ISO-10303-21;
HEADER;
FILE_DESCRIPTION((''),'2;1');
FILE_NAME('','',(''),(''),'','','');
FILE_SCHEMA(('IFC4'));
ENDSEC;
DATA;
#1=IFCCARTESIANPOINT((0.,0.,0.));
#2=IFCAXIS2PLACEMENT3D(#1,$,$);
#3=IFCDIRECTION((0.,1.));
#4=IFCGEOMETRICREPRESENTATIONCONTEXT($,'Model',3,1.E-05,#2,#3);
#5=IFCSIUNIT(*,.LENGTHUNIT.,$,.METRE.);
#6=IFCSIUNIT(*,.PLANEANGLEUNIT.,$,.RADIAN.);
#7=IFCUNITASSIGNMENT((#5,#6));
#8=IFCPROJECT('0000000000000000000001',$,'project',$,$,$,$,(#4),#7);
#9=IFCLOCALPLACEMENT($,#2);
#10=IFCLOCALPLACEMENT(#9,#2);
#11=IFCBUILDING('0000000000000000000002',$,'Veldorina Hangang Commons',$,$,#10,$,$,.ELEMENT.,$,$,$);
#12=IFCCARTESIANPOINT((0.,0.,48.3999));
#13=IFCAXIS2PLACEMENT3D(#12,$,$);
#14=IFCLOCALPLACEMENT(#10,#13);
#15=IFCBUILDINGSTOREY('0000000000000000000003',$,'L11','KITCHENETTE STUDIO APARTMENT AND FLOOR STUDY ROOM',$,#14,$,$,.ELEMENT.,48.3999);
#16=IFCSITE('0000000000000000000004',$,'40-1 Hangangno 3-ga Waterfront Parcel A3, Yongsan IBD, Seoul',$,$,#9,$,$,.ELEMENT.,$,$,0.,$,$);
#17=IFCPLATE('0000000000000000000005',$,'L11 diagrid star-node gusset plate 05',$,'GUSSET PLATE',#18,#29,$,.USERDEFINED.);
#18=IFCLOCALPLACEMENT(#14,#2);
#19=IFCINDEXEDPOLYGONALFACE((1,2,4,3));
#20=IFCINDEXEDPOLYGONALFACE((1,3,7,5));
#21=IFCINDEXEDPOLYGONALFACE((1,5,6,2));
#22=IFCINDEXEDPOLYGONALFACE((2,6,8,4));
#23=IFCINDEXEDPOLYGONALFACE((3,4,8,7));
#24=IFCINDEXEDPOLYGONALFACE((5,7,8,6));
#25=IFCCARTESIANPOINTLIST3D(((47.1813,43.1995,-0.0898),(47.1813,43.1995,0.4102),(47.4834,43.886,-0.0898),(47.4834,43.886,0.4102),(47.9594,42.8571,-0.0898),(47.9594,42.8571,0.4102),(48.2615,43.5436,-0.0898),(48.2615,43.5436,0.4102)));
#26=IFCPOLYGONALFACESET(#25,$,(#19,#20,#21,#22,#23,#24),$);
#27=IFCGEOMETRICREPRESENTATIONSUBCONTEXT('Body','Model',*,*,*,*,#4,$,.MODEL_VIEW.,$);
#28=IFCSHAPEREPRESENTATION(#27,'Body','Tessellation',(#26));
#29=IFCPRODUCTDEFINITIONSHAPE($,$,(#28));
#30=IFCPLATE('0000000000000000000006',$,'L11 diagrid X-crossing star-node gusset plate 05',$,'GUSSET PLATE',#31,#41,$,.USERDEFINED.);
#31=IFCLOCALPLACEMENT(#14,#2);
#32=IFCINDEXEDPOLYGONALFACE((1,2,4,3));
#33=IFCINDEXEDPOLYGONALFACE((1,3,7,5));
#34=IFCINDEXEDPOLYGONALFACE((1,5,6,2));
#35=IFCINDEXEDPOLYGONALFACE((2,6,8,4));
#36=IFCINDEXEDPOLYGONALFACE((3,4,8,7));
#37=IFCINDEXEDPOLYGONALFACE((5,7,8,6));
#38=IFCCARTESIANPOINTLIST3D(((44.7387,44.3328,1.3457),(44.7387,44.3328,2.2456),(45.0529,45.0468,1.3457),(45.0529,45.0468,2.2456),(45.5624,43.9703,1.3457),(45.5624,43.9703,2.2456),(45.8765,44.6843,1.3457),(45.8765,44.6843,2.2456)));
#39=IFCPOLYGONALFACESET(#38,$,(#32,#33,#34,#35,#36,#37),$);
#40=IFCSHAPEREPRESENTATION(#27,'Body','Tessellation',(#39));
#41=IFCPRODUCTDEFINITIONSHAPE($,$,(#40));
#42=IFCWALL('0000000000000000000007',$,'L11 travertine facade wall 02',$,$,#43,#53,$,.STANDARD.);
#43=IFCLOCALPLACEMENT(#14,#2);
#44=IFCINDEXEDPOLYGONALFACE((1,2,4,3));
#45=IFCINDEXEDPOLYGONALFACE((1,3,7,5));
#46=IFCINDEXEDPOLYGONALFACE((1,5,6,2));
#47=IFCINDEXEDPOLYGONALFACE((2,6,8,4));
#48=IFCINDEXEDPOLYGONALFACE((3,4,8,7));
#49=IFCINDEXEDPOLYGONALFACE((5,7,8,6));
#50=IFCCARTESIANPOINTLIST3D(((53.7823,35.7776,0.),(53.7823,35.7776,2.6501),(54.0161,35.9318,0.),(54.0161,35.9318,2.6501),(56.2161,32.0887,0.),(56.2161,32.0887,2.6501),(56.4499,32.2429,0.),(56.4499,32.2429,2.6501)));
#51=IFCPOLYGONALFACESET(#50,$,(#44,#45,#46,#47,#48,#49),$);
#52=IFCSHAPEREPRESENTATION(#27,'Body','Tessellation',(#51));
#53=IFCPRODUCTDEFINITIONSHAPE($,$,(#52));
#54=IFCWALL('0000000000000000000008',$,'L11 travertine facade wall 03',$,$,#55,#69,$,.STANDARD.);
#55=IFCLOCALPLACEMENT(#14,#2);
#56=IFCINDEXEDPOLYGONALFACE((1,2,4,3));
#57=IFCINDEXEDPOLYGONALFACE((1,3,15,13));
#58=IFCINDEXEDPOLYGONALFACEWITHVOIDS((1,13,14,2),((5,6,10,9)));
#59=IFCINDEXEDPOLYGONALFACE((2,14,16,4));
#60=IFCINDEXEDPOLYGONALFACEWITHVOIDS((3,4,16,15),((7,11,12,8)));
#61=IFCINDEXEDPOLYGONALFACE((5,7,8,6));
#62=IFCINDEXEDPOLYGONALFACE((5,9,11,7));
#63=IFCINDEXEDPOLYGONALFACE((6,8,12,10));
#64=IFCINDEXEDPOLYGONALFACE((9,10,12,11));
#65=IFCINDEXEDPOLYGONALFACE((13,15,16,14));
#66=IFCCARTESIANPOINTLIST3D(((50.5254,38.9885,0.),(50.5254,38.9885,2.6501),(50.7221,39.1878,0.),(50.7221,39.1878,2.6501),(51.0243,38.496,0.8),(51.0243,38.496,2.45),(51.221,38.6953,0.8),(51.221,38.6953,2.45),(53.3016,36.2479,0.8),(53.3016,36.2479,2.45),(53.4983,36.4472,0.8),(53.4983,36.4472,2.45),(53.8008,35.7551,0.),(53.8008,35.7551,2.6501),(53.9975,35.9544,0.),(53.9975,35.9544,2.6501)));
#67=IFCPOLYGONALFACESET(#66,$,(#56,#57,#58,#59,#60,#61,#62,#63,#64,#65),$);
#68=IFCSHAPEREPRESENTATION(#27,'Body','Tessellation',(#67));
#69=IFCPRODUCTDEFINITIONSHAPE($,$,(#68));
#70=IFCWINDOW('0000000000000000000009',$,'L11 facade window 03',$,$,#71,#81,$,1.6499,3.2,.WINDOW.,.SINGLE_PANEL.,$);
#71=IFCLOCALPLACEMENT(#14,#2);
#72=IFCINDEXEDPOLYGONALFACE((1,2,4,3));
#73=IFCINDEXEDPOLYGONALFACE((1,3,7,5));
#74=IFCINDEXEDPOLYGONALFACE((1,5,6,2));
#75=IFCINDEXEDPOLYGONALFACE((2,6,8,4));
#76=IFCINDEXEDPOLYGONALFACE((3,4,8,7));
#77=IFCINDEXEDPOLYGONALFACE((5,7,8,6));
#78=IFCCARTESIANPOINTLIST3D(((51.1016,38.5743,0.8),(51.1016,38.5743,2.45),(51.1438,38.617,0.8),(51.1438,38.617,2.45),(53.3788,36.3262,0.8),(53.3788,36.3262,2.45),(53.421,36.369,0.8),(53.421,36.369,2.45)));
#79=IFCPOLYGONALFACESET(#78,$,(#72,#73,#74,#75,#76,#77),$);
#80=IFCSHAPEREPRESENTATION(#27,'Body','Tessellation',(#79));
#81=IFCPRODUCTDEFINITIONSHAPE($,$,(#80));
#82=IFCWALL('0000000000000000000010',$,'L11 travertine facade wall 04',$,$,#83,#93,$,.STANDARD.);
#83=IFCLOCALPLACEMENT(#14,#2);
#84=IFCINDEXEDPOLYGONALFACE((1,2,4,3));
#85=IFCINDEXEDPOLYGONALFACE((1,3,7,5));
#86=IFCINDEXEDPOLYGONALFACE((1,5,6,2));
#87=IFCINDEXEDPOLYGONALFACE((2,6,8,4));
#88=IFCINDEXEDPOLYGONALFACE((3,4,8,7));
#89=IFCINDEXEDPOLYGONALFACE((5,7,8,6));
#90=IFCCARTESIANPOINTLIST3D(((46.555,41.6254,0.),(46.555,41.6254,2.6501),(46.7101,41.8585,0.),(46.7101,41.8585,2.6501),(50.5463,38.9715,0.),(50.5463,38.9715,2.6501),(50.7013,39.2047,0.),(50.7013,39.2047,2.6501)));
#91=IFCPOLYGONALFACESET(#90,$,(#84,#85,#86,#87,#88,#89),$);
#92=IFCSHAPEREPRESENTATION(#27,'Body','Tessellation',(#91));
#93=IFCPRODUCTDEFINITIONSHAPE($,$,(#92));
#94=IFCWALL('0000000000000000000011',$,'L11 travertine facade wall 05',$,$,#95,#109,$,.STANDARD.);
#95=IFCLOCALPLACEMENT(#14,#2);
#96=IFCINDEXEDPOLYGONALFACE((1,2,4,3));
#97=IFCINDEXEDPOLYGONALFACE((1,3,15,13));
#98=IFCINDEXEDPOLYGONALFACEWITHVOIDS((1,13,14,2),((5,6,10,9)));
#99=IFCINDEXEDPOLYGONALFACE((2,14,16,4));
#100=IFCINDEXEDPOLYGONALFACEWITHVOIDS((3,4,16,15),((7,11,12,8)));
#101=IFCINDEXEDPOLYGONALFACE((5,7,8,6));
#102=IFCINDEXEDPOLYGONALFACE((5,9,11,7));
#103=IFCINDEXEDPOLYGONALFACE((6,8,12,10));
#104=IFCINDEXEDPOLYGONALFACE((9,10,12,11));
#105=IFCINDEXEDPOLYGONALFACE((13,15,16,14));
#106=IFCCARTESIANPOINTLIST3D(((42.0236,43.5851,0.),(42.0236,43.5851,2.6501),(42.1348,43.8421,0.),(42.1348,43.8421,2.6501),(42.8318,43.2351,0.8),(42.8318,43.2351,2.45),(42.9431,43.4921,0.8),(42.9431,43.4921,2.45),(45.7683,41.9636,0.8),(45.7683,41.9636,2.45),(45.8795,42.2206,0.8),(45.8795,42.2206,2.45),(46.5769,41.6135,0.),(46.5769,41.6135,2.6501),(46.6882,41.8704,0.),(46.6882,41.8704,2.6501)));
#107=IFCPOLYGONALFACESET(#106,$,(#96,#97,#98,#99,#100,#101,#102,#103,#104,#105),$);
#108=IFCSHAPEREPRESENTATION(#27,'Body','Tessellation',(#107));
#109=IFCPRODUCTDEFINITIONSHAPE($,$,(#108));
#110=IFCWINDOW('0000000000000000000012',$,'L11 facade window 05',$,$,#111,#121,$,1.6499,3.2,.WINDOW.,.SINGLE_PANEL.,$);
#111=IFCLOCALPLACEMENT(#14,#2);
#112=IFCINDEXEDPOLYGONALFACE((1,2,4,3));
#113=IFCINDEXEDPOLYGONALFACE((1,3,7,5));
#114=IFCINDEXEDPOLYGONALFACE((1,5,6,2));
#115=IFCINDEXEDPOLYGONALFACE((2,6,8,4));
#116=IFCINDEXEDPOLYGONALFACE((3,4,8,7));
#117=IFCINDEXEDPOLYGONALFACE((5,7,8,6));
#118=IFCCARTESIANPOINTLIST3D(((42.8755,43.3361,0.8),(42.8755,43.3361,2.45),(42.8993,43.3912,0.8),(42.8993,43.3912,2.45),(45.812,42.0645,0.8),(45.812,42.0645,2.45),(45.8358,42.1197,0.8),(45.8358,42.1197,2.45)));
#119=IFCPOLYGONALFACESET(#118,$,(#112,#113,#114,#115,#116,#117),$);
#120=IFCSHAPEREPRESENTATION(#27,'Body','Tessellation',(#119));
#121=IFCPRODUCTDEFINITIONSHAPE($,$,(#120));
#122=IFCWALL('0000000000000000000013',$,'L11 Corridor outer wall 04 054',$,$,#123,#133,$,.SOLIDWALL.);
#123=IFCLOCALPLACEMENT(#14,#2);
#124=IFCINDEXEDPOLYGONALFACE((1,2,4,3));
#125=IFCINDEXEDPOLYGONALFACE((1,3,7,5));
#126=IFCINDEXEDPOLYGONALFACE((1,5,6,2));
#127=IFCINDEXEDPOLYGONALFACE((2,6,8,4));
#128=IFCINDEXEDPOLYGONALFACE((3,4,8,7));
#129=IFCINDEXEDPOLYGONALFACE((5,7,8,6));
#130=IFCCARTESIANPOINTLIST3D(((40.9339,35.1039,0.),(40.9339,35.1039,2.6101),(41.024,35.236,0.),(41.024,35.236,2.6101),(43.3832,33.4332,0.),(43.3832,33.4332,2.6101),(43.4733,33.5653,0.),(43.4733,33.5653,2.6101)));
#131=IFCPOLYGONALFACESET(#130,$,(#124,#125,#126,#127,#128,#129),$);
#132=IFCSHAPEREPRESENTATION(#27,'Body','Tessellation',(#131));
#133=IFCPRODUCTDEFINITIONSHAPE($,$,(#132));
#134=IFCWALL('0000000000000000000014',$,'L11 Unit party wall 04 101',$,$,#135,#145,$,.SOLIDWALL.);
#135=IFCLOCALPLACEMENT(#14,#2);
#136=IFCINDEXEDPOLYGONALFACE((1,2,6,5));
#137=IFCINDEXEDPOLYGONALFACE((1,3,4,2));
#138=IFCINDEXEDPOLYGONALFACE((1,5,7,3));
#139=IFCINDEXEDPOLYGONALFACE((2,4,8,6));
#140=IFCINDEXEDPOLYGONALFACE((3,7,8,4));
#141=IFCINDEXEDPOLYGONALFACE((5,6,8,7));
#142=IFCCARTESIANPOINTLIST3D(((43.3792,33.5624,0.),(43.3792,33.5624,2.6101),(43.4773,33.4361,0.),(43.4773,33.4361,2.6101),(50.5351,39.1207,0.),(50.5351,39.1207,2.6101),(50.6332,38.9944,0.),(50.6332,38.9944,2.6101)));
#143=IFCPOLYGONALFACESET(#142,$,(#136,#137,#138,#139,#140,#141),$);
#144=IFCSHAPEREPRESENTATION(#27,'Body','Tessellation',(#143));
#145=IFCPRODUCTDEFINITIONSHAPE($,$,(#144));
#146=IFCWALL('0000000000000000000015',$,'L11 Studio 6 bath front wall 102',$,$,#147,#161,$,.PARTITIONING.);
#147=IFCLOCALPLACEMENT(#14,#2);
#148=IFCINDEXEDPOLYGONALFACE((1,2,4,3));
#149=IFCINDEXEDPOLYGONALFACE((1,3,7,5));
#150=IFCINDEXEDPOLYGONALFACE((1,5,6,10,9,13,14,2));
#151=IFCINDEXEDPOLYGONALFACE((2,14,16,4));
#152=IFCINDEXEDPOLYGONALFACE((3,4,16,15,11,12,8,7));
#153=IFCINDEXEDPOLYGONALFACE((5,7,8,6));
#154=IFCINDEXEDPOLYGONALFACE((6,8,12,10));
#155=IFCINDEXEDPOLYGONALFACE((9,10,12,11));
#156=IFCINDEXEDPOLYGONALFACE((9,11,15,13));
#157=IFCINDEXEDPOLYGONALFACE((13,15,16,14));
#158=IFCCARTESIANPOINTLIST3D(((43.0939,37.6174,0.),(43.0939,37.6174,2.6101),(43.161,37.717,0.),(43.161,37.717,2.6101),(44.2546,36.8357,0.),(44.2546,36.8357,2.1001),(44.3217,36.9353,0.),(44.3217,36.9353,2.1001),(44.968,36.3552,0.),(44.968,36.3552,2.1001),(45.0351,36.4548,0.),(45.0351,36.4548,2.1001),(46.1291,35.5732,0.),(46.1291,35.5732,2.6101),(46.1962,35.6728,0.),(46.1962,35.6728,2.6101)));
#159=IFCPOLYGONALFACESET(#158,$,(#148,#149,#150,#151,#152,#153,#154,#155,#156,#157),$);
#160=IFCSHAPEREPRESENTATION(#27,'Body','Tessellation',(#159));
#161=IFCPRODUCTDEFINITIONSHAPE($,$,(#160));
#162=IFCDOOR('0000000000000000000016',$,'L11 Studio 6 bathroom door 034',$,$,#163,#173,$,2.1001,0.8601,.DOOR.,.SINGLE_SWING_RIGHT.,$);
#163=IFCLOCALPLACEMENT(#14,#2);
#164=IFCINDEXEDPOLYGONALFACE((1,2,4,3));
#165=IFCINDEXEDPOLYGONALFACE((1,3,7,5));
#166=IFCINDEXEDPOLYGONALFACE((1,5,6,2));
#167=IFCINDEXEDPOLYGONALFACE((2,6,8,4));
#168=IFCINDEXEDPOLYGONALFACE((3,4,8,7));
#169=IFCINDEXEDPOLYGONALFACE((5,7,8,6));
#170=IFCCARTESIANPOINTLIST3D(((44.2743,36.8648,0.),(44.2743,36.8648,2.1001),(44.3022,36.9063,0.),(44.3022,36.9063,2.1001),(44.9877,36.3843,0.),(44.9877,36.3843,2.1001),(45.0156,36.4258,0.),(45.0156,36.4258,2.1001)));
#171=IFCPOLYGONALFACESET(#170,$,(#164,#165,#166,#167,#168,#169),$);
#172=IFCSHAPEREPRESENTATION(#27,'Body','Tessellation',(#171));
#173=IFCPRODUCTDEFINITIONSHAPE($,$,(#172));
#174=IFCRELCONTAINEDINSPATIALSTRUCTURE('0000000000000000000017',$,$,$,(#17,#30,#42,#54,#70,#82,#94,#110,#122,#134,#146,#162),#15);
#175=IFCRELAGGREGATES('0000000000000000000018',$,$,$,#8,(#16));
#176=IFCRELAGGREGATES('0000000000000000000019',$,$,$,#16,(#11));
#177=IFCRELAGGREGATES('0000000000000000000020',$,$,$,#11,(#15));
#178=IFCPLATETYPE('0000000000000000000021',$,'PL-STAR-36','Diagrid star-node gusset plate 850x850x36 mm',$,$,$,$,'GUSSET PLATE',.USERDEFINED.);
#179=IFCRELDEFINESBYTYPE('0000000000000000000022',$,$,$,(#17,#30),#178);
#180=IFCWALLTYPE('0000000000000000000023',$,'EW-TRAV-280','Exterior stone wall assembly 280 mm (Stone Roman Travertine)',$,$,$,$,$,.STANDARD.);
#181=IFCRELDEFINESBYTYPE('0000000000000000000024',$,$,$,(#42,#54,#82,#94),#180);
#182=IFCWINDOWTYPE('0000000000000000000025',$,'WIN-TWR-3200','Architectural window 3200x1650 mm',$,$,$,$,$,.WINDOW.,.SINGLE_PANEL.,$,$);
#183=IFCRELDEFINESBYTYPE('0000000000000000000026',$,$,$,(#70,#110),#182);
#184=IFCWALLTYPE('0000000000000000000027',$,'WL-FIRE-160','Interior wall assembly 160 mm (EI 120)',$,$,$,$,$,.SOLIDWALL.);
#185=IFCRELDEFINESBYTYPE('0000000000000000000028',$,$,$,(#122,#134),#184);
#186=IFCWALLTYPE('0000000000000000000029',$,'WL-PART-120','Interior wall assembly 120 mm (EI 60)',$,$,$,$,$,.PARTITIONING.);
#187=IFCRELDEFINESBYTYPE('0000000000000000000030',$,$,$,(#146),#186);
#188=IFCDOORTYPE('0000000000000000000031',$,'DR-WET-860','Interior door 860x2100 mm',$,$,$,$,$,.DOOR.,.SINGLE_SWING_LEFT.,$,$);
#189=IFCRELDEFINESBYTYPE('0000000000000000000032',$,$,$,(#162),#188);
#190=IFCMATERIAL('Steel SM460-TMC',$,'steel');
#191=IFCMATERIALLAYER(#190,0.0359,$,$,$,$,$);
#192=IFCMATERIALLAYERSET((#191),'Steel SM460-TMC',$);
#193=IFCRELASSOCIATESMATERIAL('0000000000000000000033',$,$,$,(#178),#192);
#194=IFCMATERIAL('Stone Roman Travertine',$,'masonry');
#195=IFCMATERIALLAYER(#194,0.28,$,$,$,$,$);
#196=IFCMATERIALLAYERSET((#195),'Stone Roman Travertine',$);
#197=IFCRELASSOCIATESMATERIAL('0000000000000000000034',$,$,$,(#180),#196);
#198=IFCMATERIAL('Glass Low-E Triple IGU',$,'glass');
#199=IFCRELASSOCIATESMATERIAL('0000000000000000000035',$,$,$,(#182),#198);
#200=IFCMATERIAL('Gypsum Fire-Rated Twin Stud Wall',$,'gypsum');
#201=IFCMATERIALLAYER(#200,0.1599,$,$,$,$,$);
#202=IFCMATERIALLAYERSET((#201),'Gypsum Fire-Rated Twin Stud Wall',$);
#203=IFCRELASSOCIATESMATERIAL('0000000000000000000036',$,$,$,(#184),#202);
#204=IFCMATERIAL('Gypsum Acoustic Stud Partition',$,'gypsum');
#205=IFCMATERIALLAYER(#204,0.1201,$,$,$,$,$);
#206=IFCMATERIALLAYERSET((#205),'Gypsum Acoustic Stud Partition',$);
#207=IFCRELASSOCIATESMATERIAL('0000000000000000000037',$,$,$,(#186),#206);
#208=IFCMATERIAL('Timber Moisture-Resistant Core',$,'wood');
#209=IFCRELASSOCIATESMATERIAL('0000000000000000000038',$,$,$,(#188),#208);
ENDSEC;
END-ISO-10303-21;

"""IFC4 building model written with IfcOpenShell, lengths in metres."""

from ifc_helpers import new_model, si_unit, direction, frame, frame_2d, origin, origin_2d, place, context, subcontext, project, spatial, rectangle, extrude, material, layer, layer_set, type_object, element, fill, save


model = new_model("IFC4")

# Units and contexts
model_context = context("Model", 3, precision=1e-05, world=origin(), true_north=direction((0.0, 1.0)))
body_context = subcontext(model_context, "Body", "Model", "MODEL_VIEW")
ifc_project = project(units=[si_unit("LENGTHUNIT", "METRE"), si_unit("PLANEANGLEUNIT", "RADIAN")], contexts=[model_context])

# Site, building, storey
site_placement = place(None, origin())
site = spatial("IfcSite", under=ifc_project, at=site_placement, Name="40-1 Hangangno 3-ga Waterfront Parcel A3, Yongsan IBD, Seoul", CompositionType="ELEMENT", RefElevation=0.0)
building_placement = place(site_placement, origin())
building = spatial("IfcBuilding", under=site, at=building_placement, Name="Veldorina Hangang Commons", CompositionType="ELEMENT")
storey_placement = place(building_placement, frame((0.0, 0.0, 48.3999)))
storey = spatial("IfcBuildingStorey", under=building, at=storey_placement, Name="L11", Description="KITCHENETTE STUDIO APARTMENT AND FLOOR STUDY ROOM", CompositionType="ELEMENT", Elevation=48.3999)

# Shared definitions
ifc_material_1 = material(Name="Steel SM460-TMC", Category="steel")

# Plates
ifc_layer_1 = layer(ifc_material_1, 0.0359)
ifc_layer_set_1 = layer_set([ifc_layer_1], Name="Steel SM460-TMC")
plate_type = type_object("IfcPlateType", Name="PL-STAR-36", Description="Diagrid star-node gusset plate 850x850x36 mm", ElementType="GUSSET PLATE", PredefinedType="USERDEFINED", material=ifc_layer_set_1)
for number, where, z_axis, x_axis, name in (
    (1, (47.7214, 43.3716, -0.0898), (0.0, 0.0, 1.0), (-0.915297, 0.402779, 0.0), "L11 diagrid star-node gusset plate 05"),
):
    element("IfcPlate", number, at=place(storey_placement, frame(where, z_axis=z_axis, x_axis=x_axis)), inside=storey, type_object=plate_type, Name=name, ObjectType="GUSSET PLATE", PredefinedType="USERDEFINED", context=body_context, shape_type="SweptSolid", body=[
        extrude(rectangle(XDim=0.8501, YDim=0.75, at=origin_2d()), origin(), (0.0, 0.0, 1.0), 0.5),
    ])
plate_1_placement = place(storey_placement, frame((45.3076, 44.5085, 1.3457), z_axis=(0.0, 0.0, 1.0), x_axis=(-0.915297, 0.402779, 0.0)))
element("IfcPlate", 2, at=plate_1_placement, inside=storey, type_object=plate_type, Name="L11 diagrid X-crossing star-node gusset plate 05", ObjectType="GUSSET PLATE", PredefinedType="USERDEFINED", context=body_context, shape_type="SweptSolid", body=[
    extrude(rectangle(XDim=0.8999, YDim=0.78, at=origin_2d()), origin(), (0.0, 0.0, 1.0), 0.8999),
])

# Wall
ifc_material_2 = material(Name="Stone Roman Travertine", Category="masonry")
ifc_layer_2 = layer(ifc_material_2, 0.28)
ifc_layer_set_2 = layer_set([ifc_layer_2], Name="Stone Roman Travertine")
wall_type_1 = type_object("IfcWallType", Name="EW-TRAV-280", Description="Exterior stone wall assembly 280 mm (Stone Roman Travertine)", PredefinedType="STANDARD", material=ifc_layer_set_2)
wall_1_placement = place(storey_placement, frame((56.333, 32.1658, 0.0), z_axis=(0.0, 0.0, 1.0), x_axis=(-0.550704, 0.834701, 0.0)))
element("IfcWall", 3, at=wall_1_placement, inside=storey, type_object=wall_type_1, Name="L11 travertine facade wall 02", PredefinedType="STANDARD", context=body_context, shape_type="SweptSolid", body=[
    extrude(rectangle(XDim=4.4194, YDim=0.28, at=frame_2d((2.2097, 0.0))), origin(), (0.0, 0.0, 1.0), 2.6501),
])

# Wall, opening, window
wall_2_placement = place(storey_placement, frame((53.8992, 35.8547, 0.0), z_axis=(0.0, 0.0, 1.0), x_axis=(-0.711654, 0.70253, 0.0)))
wall_2 = element("IfcWall", 4, at=wall_2_placement, inside=storey, type_object=wall_type_1, Name="L11 travertine facade wall 03", PredefinedType="STANDARD", context=body_context, shape_type="SweptSolid", body=[
    extrude(rectangle(XDim=4.6025, YDim=0.28, at=frame_2d((2.3013, 0.0))), origin(), (0.0, 0.0, 1.0), 2.6501),
])
opening_1_placement = place(wall_2_placement, frame((0.7014, 0.0, 0.8)))
opening_1 = element("IfcOpeningElement", 5, at=opening_1_placement, cuts=wall_2, PredefinedType="OPENING", context=body_context, shape_type="SweptSolid", body=[
    extrude(rectangle(XDim=3.2, YDim=1.6499, at=frame_2d((1.6001, 0.825))), frame((0.0, 0.1499, 0.0), z_axis=(0.0, -1.0, 0.0), x_axis=(1.0, 0.0, 0.0)), (0.0, 0.0, 1.0), 0.3),
])
ifc_material_3 = material(Name="Glass Low-E Triple IGU", Category="glass")
window_type = type_object("IfcWindowType", Name="WIN-TWR-3200", Description="Architectural window 3200x1650 mm", PartitioningType="SINGLE_PANEL", PredefinedType="WINDOW", material=ifc_material_3)
window_1_placement = place(opening_1_placement, origin())
window_1 = element("IfcWindow", 6, at=window_1_placement, inside=storey, type_object=window_type, Name="L11 facade window 03", OverallHeight=1.6499, OverallWidth=3.2, PartitioningType="SINGLE_PANEL", PredefinedType="WINDOW", context=body_context, shape_type="SweptSolid", body=[
    extrude(rectangle(XDim=3.2, YDim=1.6499, at=frame_2d((1.6001, 0.825))), frame((0.0, 0.03, 0.0), z_axis=(0.0, -1.0, 0.0), x_axis=(1.0, 0.0, 0.0)), (0.0, 0.0, 1.0), 0.0601),
])
fill(opening_1, window_1)

# Wall
wall_3_placement = place(storey_placement, frame((50.6238, 39.0881, 0.0), z_axis=(0.0, 0.0, 1.0), x_axis=(-0.832724, 0.553689, 0.0)))
element("IfcWall", 7, at=wall_3_placement, inside=storey, type_object=wall_type_1, Name="L11 travertine facade wall 04", PredefinedType="STANDARD", context=body_context, shape_type="SweptSolid", body=[
    extrude(rectangle(XDim=4.793, YDim=0.28, at=frame_2d((2.3965, 0.0))), origin(), (0.0, 0.0, 1.0), 2.6501),
])

# Wall, opening, window
wall_4_placement = place(storey_placement, frame((46.6326, 41.7419, 0.0), z_axis=(0.0, 0.0, 1.0), x_axis=(-0.917665, 0.397355, 0.0)))
wall_4 = element("IfcWall", 8, at=wall_4_placement, inside=storey, type_object=wall_type_1, Name="L11 travertine facade wall 05", PredefinedType="STANDARD", context=body_context, shape_type="SweptSolid", body=[
    extrude(rectangle(XDim=4.9619, YDim=0.28, at=frame_2d((2.481, 0.0))), origin(), (0.0, 0.0, 1.0), 2.6501),
])
opening_2_placement = place(wall_4_placement, frame((0.8811, 0.0, 0.8)))
opening_2 = element("IfcOpeningElement", 9, at=opening_2_placement, cuts=wall_4, PredefinedType="OPENING", context=body_context, shape_type="SweptSolid", body=[
    extrude(rectangle(XDim=3.2, YDim=1.6499, at=frame_2d((1.6001, 0.825))), frame((0.0, 0.1499, 0.0), z_axis=(0.0, -1.0, 0.0), x_axis=(1.0, 0.0, 0.0)), (0.0, 0.0, 1.0), 0.3),
])
window_2_placement = place(opening_2_placement, origin())
window_2 = element("IfcWindow", 10, at=window_2_placement, inside=storey, type_object=window_type, Name="L11 facade window 05", OverallHeight=1.6499, OverallWidth=3.2, PartitioningType="SINGLE_PANEL", PredefinedType="WINDOW", context=body_context, shape_type="SweptSolid", body=[
    extrude(rectangle(XDim=3.2, YDim=1.6499, at=frame_2d((1.6001, 0.825))), frame((0.0, 0.03, 0.0), z_axis=(0.0, -1.0, 0.0), x_axis=(1.0, 0.0, 0.0)), (0.0, 0.0, 1.0), 0.0601),
])
fill(opening_2, window_2)

# Walls
ifc_material_4 = material(Name="Gypsum Fire-Rated Twin Stud Wall", Category="gypsum")
ifc_layer_3 = layer(ifc_material_4, 0.1599)
ifc_layer_set_3 = layer_set([ifc_layer_3], Name="Gypsum Fire-Rated Twin Stud Wall")
wall_type_2 = type_object("IfcWallType", Name="WL-FIRE-160", Description="Interior wall assembly 160 mm (EI 120)", PredefinedType="SOLIDWALL", material=ifc_layer_set_3)
wall_5_placement = place(storey_placement, frame((43.4282, 33.4993, 0.0), z_axis=(0.0, 0.0, 1.0), x_axis=(-0.826112, 0.563505, 0.0)))
element("IfcWall", 11, at=wall_5_placement, inside=storey, type_object=wall_type_2, Name="L11 Corridor outer wall 04 054", PredefinedType="SOLIDWALL", context=body_context, shape_type="SweptSolid", body=[
    extrude(rectangle(XDim=2.9648, YDim=0.1599, at=frame_2d((1.4824, 0.0))), origin(), (0.0, 0.0, 1.0), 2.6101),
])
wall_6_placement = place(storey_placement, frame((43.4282, 33.4993, 0.0), z_axis=(0.0, 0.0, 1.0), x_axis=(0.78975, 0.613429, 0.0)))
element("IfcWall", 12, at=wall_6_placement, inside=storey, type_object=wall_type_2, Name="L11 Unit party wall 04 101", PredefinedType="SOLIDWALL", context=body_context, shape_type="SweptSolid", body=[
    extrude(rectangle(XDim=9.061, YDim=0.1599, at=frame_2d((4.5305, 0.0))), origin(), (0.0, 0.0, 1.0), 2.6101),
])

# Wall, opening, door
ifc_material_5 = material(Name="Gypsum Acoustic Stud Partition", Category="gypsum")
ifc_layer_4 = layer(ifc_material_5, 0.1201)
ifc_layer_set_4 = layer_set([ifc_layer_4], Name="Gypsum Acoustic Stud Partition")
wall_type_3 = type_object("IfcWallType", Name="WL-PART-120", Description="Interior wall assembly 120 mm (EI 60)", PredefinedType="PARTITIONING", material=ifc_layer_set_4)
wall_7_placement = place(storey_placement, frame((46.1626, 35.623, 0.0), z_axis=(0.0, 0.0, 1.0), x_axis=(-0.829424, 0.55862, 0.0)))
wall_7 = element("IfcWall", 13, at=wall_7_placement, inside=storey, type_object=wall_type_3, Name="L11 Studio 6 bath front wall 102", PredefinedType="PARTITIONING", context=body_context, shape_type="SweptSolid", body=[
    extrude(rectangle(XDim=3.6594, YDim=0.1201, at=frame_2d((1.8296, 0.0))), origin(), (0.0, 0.0, 1.0), 2.6101),
])
opening_3_placement = place(wall_7_placement, frame((1.3997, 0.0, 0.0)))
opening_3 = element("IfcOpeningElement", 14, at=opening_3_placement, cuts=wall_7, PredefinedType="OPENING", context=body_context, shape_type="SweptSolid", body=[
    extrude(rectangle(XDim=0.8601, YDim=2.1001, at=frame_2d((0.4302, 1.05))), frame((0.0, 0.0701, 0.0), z_axis=(0.0, -1.0, 0.0), x_axis=(1.0, 0.0, 0.0)), (0.0, 0.0, 1.0), 0.1401),
])
ifc_material_6 = material(Name="Timber Moisture-Resistant Core", Category="wood")
door_type = type_object("IfcDoorType", Name="DR-WET-860", Description="Interior door 860x2100 mm", OperationType="SINGLE_SWING_LEFT", PredefinedType="DOOR", material=ifc_material_6)
door_placement = place(opening_3_placement, origin())
door = element("IfcDoor", 15, at=door_placement, inside=storey, type_object=door_type, Name="L11 Studio 6 bathroom door 034", OperationType="SINGLE_SWING_RIGHT", OverallHeight=2.1001, OverallWidth=0.8601, PredefinedType="DOOR", context=body_context, shape_type="SweptSolid", body=[
    extrude(rectangle(XDim=0.8601, YDim=2.1001, at=frame_2d((0.4302, 1.05))), frame((0.0, 0.0249, 0.0), z_axis=(0.0, -1.0, 0.0), x_axis=(1.0, 0.0, 0.0)), (0.0, 0.0, 1.0), 0.05),
])
fill(opening_3, door)

save(model, "model.ifc")
